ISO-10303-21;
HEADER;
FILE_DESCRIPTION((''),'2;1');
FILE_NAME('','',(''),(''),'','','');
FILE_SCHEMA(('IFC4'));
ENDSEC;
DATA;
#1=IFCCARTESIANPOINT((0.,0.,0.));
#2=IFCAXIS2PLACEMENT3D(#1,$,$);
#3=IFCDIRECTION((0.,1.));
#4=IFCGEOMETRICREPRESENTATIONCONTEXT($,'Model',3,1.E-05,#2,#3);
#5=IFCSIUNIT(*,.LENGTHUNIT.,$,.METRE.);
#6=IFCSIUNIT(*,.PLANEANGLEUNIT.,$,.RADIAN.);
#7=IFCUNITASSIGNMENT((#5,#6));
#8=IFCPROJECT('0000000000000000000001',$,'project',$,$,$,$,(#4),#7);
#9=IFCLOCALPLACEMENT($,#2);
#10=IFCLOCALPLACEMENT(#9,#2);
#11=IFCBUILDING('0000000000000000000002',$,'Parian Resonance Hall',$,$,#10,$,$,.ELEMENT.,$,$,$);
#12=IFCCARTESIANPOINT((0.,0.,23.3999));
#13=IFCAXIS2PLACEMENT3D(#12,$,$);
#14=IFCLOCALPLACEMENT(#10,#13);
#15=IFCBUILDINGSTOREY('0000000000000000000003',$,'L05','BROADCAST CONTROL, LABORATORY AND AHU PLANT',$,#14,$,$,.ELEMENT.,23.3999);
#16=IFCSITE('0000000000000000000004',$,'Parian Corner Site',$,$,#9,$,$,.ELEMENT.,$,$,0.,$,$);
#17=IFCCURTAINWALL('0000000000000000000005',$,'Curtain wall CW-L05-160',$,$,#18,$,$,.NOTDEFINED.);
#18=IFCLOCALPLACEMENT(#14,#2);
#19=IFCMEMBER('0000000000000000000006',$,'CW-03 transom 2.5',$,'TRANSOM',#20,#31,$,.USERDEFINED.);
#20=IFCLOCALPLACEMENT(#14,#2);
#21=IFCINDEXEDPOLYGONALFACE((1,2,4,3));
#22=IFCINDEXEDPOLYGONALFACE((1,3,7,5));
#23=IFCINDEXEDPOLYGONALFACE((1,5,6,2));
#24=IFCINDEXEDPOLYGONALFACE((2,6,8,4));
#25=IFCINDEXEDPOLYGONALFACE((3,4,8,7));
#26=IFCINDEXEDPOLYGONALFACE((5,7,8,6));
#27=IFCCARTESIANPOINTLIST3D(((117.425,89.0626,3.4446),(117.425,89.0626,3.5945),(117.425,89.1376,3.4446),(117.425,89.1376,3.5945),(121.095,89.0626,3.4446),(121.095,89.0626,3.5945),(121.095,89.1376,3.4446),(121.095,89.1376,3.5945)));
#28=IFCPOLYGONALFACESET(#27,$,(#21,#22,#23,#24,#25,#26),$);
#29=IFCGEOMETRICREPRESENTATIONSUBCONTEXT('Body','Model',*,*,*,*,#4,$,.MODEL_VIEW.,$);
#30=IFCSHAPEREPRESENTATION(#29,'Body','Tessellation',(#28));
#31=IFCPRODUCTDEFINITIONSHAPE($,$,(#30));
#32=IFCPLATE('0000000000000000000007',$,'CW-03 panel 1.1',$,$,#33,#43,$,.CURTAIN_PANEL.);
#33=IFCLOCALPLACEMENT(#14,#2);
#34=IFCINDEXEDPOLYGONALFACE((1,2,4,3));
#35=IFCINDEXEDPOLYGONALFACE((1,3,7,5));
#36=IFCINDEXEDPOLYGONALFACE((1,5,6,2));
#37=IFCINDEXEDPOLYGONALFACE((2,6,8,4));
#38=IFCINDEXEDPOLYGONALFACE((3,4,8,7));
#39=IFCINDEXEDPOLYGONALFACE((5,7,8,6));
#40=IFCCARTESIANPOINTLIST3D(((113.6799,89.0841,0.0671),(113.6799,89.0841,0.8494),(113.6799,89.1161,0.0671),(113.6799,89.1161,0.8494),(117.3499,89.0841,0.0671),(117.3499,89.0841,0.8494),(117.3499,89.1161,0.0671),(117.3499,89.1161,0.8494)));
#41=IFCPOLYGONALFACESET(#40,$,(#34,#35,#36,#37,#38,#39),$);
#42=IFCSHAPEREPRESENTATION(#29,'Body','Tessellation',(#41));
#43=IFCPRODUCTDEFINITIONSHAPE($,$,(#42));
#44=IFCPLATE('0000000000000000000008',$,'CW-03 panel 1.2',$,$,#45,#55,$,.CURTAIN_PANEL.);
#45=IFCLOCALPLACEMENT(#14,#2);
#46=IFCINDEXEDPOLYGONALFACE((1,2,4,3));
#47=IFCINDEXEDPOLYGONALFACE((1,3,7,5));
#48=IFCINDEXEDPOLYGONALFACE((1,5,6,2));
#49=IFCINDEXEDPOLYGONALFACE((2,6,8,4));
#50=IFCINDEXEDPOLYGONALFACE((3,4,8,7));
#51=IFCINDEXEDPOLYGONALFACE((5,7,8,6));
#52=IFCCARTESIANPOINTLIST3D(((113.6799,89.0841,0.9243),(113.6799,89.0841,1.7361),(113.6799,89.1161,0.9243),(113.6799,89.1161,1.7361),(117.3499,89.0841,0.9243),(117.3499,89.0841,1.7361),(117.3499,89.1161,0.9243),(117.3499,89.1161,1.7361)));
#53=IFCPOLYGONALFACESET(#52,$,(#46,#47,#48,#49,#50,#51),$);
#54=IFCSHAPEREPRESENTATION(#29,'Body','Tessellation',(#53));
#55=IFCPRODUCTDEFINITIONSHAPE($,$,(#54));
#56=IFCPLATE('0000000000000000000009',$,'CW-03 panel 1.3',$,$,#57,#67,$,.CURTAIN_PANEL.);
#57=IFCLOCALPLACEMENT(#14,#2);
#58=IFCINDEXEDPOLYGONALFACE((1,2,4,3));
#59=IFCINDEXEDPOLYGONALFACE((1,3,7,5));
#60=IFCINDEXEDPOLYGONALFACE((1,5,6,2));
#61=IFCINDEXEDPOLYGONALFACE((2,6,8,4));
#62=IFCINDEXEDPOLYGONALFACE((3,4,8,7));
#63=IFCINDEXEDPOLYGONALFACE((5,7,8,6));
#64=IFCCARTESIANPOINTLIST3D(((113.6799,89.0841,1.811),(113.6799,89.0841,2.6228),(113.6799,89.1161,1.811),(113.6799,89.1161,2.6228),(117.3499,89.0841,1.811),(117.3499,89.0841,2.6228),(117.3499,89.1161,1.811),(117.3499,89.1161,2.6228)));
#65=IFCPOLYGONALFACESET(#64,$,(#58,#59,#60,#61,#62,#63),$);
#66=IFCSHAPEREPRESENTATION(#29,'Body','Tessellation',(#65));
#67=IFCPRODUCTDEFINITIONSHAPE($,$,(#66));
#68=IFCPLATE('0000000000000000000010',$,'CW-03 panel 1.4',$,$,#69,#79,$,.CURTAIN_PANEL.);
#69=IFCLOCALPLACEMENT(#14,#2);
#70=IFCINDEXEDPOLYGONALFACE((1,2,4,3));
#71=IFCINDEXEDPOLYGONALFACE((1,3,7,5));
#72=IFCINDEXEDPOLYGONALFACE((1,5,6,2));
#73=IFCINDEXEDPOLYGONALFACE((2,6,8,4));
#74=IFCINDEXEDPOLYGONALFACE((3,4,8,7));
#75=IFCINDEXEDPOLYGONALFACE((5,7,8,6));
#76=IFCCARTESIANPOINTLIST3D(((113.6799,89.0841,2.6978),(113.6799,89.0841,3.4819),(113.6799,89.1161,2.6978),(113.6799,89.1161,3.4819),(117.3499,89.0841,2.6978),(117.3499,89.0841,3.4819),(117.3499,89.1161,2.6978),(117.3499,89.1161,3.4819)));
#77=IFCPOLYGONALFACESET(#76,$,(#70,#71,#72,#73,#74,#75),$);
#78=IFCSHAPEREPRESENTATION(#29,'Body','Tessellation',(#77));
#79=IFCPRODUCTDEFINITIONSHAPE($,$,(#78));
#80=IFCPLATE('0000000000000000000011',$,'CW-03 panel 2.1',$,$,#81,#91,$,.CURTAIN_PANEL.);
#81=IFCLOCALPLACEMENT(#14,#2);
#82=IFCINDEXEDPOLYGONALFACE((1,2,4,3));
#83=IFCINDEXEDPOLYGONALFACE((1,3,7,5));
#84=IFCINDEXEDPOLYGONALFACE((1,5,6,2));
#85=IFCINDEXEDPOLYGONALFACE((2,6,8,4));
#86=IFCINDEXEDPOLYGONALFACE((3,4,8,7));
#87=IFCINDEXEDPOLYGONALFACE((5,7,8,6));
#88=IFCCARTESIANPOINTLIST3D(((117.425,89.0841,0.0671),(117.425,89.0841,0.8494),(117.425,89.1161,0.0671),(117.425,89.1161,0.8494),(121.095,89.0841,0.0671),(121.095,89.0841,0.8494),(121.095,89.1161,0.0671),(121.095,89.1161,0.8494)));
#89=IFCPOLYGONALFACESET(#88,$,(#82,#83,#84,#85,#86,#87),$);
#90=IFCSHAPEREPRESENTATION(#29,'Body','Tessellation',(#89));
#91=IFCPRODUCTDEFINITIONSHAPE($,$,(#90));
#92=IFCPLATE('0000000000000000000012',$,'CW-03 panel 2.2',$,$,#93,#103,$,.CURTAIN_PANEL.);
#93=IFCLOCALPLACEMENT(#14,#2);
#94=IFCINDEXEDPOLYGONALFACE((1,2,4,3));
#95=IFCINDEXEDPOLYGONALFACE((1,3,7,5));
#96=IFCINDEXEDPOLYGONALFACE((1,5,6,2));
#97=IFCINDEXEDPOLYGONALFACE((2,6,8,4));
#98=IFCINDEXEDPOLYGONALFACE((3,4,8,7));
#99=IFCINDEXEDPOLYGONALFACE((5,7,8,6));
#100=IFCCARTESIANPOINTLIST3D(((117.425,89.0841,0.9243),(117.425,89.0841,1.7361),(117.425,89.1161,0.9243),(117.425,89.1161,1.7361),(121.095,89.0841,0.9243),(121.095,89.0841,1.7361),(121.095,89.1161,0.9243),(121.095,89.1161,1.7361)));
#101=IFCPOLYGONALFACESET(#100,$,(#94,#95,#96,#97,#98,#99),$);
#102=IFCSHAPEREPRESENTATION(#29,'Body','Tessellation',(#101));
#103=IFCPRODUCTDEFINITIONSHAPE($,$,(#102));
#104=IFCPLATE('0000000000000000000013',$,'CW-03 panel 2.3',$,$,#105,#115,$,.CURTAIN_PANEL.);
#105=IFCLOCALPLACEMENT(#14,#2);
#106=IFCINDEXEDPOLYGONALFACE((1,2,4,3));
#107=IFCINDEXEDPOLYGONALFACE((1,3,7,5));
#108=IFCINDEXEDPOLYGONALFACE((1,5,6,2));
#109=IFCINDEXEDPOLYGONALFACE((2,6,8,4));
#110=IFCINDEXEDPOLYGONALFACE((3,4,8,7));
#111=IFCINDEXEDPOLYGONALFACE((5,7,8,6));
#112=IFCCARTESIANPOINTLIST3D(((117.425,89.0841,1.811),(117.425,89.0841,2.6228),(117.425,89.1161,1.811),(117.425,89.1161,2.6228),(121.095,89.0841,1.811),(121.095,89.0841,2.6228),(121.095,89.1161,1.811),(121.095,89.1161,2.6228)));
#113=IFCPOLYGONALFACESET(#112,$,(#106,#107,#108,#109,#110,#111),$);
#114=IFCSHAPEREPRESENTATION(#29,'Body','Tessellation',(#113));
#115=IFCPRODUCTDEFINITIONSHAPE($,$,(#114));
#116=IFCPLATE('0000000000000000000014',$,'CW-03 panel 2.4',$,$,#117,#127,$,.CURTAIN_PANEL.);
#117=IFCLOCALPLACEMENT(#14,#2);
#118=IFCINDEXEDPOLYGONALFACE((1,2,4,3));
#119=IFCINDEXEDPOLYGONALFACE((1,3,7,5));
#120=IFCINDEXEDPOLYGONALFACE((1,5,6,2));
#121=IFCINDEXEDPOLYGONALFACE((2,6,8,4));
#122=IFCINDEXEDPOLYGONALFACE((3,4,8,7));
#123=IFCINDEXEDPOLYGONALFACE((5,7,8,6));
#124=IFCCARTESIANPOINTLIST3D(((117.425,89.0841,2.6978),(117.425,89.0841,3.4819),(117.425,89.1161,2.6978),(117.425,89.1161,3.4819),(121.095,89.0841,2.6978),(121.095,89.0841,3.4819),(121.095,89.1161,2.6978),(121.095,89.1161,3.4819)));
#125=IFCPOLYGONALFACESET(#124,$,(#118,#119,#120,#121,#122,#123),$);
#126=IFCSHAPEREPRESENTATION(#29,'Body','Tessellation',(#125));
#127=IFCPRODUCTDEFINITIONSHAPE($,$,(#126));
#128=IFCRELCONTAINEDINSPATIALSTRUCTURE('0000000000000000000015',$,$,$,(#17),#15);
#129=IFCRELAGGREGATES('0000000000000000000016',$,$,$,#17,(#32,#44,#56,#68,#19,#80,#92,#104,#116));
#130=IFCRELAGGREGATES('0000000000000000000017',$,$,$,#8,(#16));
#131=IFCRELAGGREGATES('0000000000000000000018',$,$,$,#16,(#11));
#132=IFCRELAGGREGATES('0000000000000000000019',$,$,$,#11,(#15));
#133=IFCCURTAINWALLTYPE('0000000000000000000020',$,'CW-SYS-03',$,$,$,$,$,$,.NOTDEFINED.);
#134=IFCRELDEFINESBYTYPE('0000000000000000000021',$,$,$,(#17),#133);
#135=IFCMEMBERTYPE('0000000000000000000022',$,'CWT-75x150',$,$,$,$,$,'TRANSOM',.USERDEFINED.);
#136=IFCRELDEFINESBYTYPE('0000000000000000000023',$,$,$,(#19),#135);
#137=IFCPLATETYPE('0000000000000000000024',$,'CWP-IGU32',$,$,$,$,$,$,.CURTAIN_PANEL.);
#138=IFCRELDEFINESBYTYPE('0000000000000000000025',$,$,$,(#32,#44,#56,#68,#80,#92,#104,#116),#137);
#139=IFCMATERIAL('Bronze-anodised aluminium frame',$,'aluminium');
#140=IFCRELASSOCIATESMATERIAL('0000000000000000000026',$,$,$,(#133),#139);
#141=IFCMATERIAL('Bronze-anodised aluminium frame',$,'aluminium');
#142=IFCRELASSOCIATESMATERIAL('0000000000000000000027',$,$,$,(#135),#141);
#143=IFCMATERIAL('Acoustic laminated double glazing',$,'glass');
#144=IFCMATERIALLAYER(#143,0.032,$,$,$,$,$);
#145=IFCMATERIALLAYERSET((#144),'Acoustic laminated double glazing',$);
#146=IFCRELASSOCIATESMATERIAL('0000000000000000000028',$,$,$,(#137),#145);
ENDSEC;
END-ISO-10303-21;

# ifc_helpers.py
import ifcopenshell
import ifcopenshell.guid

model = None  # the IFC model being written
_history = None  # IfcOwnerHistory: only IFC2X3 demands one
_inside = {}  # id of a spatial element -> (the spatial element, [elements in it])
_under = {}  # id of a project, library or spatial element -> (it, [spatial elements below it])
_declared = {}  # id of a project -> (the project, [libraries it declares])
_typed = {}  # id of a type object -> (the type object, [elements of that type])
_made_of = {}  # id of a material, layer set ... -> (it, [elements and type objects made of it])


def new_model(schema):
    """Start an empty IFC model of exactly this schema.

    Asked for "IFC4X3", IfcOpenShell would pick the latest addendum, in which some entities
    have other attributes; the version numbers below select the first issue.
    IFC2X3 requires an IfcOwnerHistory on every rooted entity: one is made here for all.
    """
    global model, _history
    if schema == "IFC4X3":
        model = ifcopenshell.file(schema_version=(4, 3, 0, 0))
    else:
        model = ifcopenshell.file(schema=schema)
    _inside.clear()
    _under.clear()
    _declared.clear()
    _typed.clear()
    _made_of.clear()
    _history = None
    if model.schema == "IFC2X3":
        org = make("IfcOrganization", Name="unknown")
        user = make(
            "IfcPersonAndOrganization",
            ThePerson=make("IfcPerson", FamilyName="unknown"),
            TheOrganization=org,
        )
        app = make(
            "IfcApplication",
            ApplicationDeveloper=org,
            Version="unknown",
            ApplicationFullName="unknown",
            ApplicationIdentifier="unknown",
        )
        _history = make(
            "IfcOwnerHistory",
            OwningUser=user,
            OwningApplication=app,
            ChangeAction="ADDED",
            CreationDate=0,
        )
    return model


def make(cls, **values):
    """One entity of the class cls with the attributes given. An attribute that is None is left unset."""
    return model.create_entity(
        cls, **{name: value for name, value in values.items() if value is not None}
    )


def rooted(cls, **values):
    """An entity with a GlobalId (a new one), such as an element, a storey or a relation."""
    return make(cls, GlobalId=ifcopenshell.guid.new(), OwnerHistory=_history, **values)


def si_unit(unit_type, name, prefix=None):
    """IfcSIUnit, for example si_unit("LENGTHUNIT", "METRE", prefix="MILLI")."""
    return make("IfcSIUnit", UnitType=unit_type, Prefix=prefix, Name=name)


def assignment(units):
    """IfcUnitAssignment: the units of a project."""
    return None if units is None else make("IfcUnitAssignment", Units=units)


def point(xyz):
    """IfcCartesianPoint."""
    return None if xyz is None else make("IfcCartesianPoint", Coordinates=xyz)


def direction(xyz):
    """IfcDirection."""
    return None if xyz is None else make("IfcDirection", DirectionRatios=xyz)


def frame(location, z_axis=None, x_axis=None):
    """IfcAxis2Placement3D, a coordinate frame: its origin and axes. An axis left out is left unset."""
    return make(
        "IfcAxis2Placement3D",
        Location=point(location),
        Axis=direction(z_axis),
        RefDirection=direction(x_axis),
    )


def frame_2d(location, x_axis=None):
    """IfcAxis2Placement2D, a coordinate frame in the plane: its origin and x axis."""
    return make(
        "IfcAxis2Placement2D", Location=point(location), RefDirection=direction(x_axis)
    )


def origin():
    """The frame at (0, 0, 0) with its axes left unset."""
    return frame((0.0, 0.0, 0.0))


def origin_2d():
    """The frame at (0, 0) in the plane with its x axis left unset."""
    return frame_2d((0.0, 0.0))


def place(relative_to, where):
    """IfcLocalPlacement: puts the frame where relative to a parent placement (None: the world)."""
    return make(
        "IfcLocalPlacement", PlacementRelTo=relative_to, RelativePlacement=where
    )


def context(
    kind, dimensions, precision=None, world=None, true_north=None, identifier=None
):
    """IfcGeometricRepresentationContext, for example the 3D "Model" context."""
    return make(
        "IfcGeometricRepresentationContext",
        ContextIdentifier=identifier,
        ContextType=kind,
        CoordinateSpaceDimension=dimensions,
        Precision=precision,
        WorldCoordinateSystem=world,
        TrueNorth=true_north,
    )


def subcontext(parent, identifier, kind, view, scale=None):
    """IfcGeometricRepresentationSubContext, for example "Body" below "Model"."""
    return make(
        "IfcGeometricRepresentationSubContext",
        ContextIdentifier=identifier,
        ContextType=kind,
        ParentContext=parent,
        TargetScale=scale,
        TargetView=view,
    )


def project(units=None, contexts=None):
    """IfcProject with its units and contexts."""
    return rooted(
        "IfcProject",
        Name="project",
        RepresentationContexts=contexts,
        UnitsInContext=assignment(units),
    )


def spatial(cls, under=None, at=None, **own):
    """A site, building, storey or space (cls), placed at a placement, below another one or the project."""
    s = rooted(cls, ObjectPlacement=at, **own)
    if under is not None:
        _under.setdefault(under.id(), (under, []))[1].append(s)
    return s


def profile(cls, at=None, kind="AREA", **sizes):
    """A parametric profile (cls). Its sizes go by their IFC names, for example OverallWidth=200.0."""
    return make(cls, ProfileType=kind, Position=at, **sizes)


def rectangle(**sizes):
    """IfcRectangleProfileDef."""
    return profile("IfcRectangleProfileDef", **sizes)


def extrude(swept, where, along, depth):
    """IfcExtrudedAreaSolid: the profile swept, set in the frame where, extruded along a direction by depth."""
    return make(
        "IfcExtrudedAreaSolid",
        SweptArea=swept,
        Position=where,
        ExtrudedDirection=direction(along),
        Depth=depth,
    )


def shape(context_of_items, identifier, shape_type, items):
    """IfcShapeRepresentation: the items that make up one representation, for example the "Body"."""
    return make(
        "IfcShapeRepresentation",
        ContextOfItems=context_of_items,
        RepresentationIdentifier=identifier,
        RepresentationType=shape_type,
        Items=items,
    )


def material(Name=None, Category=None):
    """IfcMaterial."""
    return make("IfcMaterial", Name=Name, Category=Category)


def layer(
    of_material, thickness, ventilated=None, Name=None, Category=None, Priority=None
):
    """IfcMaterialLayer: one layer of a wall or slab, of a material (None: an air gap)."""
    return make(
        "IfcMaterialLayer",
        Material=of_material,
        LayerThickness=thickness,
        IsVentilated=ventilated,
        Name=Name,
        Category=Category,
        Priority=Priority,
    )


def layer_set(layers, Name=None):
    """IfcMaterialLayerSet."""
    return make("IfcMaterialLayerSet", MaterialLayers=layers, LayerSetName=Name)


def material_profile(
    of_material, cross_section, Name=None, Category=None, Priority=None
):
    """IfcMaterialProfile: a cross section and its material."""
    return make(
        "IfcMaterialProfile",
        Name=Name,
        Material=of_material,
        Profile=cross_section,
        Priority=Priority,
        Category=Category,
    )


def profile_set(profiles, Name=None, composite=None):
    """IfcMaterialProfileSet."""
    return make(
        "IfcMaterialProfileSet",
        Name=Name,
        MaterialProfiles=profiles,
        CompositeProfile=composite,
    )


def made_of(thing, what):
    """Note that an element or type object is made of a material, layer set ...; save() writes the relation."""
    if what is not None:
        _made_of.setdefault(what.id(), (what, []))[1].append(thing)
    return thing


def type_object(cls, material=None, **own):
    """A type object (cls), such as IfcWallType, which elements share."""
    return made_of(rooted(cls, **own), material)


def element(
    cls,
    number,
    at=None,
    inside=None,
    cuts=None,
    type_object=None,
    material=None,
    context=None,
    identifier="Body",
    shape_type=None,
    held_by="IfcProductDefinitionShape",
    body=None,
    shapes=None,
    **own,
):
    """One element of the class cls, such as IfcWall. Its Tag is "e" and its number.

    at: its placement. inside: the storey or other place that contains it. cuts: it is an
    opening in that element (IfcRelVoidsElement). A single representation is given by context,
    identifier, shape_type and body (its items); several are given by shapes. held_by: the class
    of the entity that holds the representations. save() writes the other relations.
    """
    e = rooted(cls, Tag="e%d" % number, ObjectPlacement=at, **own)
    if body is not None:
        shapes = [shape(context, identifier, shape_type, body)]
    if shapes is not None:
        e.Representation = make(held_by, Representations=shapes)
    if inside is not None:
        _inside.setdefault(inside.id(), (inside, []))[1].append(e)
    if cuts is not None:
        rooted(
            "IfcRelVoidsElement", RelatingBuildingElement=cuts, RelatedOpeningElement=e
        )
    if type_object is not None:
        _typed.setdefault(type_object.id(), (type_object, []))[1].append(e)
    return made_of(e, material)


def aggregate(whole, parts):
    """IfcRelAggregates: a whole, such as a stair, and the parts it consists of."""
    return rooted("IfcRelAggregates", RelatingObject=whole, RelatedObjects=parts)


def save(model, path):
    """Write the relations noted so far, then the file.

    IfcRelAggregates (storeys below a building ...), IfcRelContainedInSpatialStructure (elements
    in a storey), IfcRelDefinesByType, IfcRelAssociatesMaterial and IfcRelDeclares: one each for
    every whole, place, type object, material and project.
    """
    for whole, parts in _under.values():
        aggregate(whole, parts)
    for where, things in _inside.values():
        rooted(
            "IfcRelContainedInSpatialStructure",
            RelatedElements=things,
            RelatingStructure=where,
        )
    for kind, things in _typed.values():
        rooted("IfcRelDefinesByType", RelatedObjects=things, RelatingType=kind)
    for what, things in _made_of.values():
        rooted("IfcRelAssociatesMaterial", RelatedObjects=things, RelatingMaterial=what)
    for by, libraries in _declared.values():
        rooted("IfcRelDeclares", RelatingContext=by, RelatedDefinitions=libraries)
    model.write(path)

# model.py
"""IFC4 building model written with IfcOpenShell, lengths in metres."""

from ifc_helpers import new_model, si_unit, direction, frame, origin, origin_2d, place, context, subcontext, project, spatial, rectangle, extrude, material, layer, layer_set, material_profile, profile_set, type_object, element, aggregate, save


model = new_model("IFC4")

# Units and contexts
model_context = context("Model", 3, precision=1e-05, world=origin(), true_north=direction((0.0, 1.0)))
body_context = subcontext(model_context, "Body", "Model", "MODEL_VIEW")
ifc_project = project(units=[si_unit("LENGTHUNIT", "METRE"), si_unit("PLANEANGLEUNIT", "RADIAN")], contexts=[model_context])

# Site, building, storey
site_placement = place(None, origin())
site = spatial("IfcSite", under=ifc_project, at=site_placement, Name="Parian Corner Site", CompositionType="ELEMENT", RefElevation=0.0)
building_placement = place(site_placement, origin())
building = spatial("IfcBuilding", under=site, at=building_placement, Name="Parian Resonance Hall", CompositionType="ELEMENT")
storey_placement = place(building_placement, frame((0.0, 0.0, 23.3999)))
storey = spatial("IfcBuildingStorey", under=building, at=storey_placement, Name="L05", Description="BROADCAST CONTROL, LABORATORY AND AHU PLANT", CompositionType="ELEMENT", Elevation=23.3999)

# Curtain wall
ifc_material_1 = material(Name="Bronze-anodised aluminium frame", Category="aluminium")
curtain_wall_type_1 = type_object("IfcCurtainWallType", Name="CW-SYS-03", PredefinedType="NOTDEFINED", material=ifc_material_1)
curtain_wall_1_placement = place(storey_placement, origin())
curtain_wall_1 = element("IfcCurtainWall", 1, at=curtain_wall_1_placement, inside=storey, type_object=curtain_wall_type_1, Name="Curtain wall CW-L05-160", PredefinedType="NOTDEFINED")

# Member
ifc_material_2 = material(Name="Bronze-anodised aluminium frame", Category="aluminium")
ifc_material_profile_1 = material_profile(ifc_material_2, rectangle(XDim=0.075, YDim=0.1499, at=origin_2d()), Name="CWT-75x150")
ifc_profile_set_1 = profile_set([ifc_material_profile_1], Name="Bronze-anodised aluminium frame")
member_type_1 = type_object("IfcMemberType", Name="CWT-75x150", ElementType="TRANSOM", PredefinedType="USERDEFINED", material=ifc_profile_set_1)
member_1_placement = place(storey_placement, frame((117.425, 89.1001, 3.5195), z_axis=(1.0, 0.0, 0.0), x_axis=(0.0, 1.0, 0.0)))
member_1 = element("IfcMember", 2, at=member_1_placement, type_object=member_type_1, Name="CW-03 transom 2.5", ObjectType="TRANSOM", PredefinedType="USERDEFINED", context=body_context, shape_type="SweptSolid", body=[
    extrude(rectangle(XDim=0.075, YDim=0.1499, at=origin_2d()), origin(), (0.0, 0.0, 1.0), 3.6699),
])

# Plates
ifc_material_3 = material(Name="Acoustic laminated double glazing", Category="glass")
ifc_layer = layer(ifc_material_3, 0.032)
ifc_layer_set = layer_set([ifc_layer], Name="Acoustic laminated double glazing")
plate_type = type_object("IfcPlateType", Name="CWP-IGU32", PredefinedType="CURTAIN_PANEL", material=ifc_layer_set)
plate_1_placement = place(storey_placement, frame((115.5149, 89.1001, 0.0671), z_axis=(0.0, 0.0, 1.0), x_axis=(1.0, 0.0, 0.0)))
plate_1 = element("IfcPlate", 3, at=plate_1_placement, type_object=plate_type, Name="CW-03 panel 1.1", PredefinedType="CURTAIN_PANEL", context=body_context, shape_type="SweptSolid", body=[
    extrude(rectangle(XDim=3.6699, YDim=0.032, at=origin_2d()), origin(), (0.0, 0.0, 1.0), 0.7822),
])
plate_2_placement = place(storey_placement, frame((115.5149, 89.1001, 0.9243), z_axis=(0.0, 0.0, 1.0), x_axis=(1.0, 0.0, 0.0)))
plate_2 = element("IfcPlate", 4, at=plate_2_placement, type_object=plate_type, Name="CW-03 panel 1.2", PredefinedType="CURTAIN_PANEL", context=body_context, shape_type="SweptSolid", body=[
    extrude(rectangle(XDim=3.6699, YDim=0.032, at=origin_2d()), origin(), (0.0, 0.0, 1.0), 0.8118),
])
plate_3_placement = place(storey_placement, frame((115.5149, 89.1001, 1.811), z_axis=(0.0, 0.0, 1.0), x_axis=(1.0, 0.0, 0.0)))
plate_3 = element("IfcPlate", 5, at=plate_3_placement, type_object=plate_type, Name="CW-03 panel 1.3", PredefinedType="CURTAIN_PANEL", context=body_context, shape_type="SweptSolid", body=[
    extrude(rectangle(XDim=3.6699, YDim=0.032, at=origin_2d()), origin(), (0.0, 0.0, 1.0), 0.8118),
])
plate_4_placement = place(storey_placement, frame((115.5149, 89.1001, 2.6978), z_axis=(0.0, 0.0, 1.0), x_axis=(1.0, 0.0, 0.0)))
plate_4 = element("IfcPlate", 6, at=plate_4_placement, type_object=plate_type, Name="CW-03 panel 1.4", PredefinedType="CURTAIN_PANEL", context=body_context, shape_type="SweptSolid", body=[
    extrude(rectangle(XDim=3.6699, YDim=0.032, at=origin_2d()), origin(), (0.0, 0.0, 1.0), 0.7842),
])
plate_5_placement = place(storey_placement, frame((119.26, 89.1001, 0.0671), z_axis=(0.0, 0.0, 1.0), x_axis=(1.0, 0.0, 0.0)))
plate_5 = element("IfcPlate", 7, at=plate_5_placement, type_object=plate_type, Name="CW-03 panel 2.1", PredefinedType="CURTAIN_PANEL", context=body_context, shape_type="SweptSolid", body=[
    extrude(rectangle(XDim=3.6699, YDim=0.032, at=origin_2d()), origin(), (0.0, 0.0, 1.0), 0.7822),
])
plate_6_placement = place(storey_placement, frame((119.26, 89.1001, 0.9243), z_axis=(0.0, 0.0, 1.0), x_axis=(1.0, 0.0, 0.0)))
plate_6 = element("IfcPlate", 8, at=plate_6_placement, type_object=plate_type, Name="CW-03 panel 2.2", PredefinedType="CURTAIN_PANEL", context=body_context, shape_type="SweptSolid", body=[
    extrude(rectangle(XDim=3.6699, YDim=0.032, at=origin_2d()), origin(), (0.0, 0.0, 1.0), 0.8118),
])
plate_7_placement = place(storey_placement, frame((119.26, 89.1001, 1.811), z_axis=(0.0, 0.0, 1.0), x_axis=(1.0, 0.0, 0.0)))
plate_7 = element("IfcPlate", 9, at=plate_7_placement, type_object=plate_type, Name="CW-03 panel 2.3", PredefinedType="CURTAIN_PANEL", context=body_context, shape_type="SweptSolid", body=[
    extrude(rectangle(XDim=3.6699, YDim=0.032, at=origin_2d()), origin(), (0.0, 0.0, 1.0), 0.8118),
])
plate_8_placement = place(storey_placement, frame((119.26, 89.1001, 2.6978), z_axis=(0.0, 0.0, 1.0), x_axis=(1.0, 0.0, 0.0)))
plate_8 = element("IfcPlate", 10, at=plate_8_placement, type_object=plate_type, Name="CW-03 panel 2.4", PredefinedType="CURTAIN_PANEL", context=body_context, shape_type="SweptSolid", body=[
    extrude(rectangle(XDim=3.6699, YDim=0.032, at=origin_2d()), origin(), (0.0, 0.0, 1.0), 0.7842),
])
aggregate(curtain_wall_1, [plate_1, plate_2, plate_3, plate_4, member_1, plate_5, plate_6, plate_7, plate_8])

save(model, "model.ifc")
